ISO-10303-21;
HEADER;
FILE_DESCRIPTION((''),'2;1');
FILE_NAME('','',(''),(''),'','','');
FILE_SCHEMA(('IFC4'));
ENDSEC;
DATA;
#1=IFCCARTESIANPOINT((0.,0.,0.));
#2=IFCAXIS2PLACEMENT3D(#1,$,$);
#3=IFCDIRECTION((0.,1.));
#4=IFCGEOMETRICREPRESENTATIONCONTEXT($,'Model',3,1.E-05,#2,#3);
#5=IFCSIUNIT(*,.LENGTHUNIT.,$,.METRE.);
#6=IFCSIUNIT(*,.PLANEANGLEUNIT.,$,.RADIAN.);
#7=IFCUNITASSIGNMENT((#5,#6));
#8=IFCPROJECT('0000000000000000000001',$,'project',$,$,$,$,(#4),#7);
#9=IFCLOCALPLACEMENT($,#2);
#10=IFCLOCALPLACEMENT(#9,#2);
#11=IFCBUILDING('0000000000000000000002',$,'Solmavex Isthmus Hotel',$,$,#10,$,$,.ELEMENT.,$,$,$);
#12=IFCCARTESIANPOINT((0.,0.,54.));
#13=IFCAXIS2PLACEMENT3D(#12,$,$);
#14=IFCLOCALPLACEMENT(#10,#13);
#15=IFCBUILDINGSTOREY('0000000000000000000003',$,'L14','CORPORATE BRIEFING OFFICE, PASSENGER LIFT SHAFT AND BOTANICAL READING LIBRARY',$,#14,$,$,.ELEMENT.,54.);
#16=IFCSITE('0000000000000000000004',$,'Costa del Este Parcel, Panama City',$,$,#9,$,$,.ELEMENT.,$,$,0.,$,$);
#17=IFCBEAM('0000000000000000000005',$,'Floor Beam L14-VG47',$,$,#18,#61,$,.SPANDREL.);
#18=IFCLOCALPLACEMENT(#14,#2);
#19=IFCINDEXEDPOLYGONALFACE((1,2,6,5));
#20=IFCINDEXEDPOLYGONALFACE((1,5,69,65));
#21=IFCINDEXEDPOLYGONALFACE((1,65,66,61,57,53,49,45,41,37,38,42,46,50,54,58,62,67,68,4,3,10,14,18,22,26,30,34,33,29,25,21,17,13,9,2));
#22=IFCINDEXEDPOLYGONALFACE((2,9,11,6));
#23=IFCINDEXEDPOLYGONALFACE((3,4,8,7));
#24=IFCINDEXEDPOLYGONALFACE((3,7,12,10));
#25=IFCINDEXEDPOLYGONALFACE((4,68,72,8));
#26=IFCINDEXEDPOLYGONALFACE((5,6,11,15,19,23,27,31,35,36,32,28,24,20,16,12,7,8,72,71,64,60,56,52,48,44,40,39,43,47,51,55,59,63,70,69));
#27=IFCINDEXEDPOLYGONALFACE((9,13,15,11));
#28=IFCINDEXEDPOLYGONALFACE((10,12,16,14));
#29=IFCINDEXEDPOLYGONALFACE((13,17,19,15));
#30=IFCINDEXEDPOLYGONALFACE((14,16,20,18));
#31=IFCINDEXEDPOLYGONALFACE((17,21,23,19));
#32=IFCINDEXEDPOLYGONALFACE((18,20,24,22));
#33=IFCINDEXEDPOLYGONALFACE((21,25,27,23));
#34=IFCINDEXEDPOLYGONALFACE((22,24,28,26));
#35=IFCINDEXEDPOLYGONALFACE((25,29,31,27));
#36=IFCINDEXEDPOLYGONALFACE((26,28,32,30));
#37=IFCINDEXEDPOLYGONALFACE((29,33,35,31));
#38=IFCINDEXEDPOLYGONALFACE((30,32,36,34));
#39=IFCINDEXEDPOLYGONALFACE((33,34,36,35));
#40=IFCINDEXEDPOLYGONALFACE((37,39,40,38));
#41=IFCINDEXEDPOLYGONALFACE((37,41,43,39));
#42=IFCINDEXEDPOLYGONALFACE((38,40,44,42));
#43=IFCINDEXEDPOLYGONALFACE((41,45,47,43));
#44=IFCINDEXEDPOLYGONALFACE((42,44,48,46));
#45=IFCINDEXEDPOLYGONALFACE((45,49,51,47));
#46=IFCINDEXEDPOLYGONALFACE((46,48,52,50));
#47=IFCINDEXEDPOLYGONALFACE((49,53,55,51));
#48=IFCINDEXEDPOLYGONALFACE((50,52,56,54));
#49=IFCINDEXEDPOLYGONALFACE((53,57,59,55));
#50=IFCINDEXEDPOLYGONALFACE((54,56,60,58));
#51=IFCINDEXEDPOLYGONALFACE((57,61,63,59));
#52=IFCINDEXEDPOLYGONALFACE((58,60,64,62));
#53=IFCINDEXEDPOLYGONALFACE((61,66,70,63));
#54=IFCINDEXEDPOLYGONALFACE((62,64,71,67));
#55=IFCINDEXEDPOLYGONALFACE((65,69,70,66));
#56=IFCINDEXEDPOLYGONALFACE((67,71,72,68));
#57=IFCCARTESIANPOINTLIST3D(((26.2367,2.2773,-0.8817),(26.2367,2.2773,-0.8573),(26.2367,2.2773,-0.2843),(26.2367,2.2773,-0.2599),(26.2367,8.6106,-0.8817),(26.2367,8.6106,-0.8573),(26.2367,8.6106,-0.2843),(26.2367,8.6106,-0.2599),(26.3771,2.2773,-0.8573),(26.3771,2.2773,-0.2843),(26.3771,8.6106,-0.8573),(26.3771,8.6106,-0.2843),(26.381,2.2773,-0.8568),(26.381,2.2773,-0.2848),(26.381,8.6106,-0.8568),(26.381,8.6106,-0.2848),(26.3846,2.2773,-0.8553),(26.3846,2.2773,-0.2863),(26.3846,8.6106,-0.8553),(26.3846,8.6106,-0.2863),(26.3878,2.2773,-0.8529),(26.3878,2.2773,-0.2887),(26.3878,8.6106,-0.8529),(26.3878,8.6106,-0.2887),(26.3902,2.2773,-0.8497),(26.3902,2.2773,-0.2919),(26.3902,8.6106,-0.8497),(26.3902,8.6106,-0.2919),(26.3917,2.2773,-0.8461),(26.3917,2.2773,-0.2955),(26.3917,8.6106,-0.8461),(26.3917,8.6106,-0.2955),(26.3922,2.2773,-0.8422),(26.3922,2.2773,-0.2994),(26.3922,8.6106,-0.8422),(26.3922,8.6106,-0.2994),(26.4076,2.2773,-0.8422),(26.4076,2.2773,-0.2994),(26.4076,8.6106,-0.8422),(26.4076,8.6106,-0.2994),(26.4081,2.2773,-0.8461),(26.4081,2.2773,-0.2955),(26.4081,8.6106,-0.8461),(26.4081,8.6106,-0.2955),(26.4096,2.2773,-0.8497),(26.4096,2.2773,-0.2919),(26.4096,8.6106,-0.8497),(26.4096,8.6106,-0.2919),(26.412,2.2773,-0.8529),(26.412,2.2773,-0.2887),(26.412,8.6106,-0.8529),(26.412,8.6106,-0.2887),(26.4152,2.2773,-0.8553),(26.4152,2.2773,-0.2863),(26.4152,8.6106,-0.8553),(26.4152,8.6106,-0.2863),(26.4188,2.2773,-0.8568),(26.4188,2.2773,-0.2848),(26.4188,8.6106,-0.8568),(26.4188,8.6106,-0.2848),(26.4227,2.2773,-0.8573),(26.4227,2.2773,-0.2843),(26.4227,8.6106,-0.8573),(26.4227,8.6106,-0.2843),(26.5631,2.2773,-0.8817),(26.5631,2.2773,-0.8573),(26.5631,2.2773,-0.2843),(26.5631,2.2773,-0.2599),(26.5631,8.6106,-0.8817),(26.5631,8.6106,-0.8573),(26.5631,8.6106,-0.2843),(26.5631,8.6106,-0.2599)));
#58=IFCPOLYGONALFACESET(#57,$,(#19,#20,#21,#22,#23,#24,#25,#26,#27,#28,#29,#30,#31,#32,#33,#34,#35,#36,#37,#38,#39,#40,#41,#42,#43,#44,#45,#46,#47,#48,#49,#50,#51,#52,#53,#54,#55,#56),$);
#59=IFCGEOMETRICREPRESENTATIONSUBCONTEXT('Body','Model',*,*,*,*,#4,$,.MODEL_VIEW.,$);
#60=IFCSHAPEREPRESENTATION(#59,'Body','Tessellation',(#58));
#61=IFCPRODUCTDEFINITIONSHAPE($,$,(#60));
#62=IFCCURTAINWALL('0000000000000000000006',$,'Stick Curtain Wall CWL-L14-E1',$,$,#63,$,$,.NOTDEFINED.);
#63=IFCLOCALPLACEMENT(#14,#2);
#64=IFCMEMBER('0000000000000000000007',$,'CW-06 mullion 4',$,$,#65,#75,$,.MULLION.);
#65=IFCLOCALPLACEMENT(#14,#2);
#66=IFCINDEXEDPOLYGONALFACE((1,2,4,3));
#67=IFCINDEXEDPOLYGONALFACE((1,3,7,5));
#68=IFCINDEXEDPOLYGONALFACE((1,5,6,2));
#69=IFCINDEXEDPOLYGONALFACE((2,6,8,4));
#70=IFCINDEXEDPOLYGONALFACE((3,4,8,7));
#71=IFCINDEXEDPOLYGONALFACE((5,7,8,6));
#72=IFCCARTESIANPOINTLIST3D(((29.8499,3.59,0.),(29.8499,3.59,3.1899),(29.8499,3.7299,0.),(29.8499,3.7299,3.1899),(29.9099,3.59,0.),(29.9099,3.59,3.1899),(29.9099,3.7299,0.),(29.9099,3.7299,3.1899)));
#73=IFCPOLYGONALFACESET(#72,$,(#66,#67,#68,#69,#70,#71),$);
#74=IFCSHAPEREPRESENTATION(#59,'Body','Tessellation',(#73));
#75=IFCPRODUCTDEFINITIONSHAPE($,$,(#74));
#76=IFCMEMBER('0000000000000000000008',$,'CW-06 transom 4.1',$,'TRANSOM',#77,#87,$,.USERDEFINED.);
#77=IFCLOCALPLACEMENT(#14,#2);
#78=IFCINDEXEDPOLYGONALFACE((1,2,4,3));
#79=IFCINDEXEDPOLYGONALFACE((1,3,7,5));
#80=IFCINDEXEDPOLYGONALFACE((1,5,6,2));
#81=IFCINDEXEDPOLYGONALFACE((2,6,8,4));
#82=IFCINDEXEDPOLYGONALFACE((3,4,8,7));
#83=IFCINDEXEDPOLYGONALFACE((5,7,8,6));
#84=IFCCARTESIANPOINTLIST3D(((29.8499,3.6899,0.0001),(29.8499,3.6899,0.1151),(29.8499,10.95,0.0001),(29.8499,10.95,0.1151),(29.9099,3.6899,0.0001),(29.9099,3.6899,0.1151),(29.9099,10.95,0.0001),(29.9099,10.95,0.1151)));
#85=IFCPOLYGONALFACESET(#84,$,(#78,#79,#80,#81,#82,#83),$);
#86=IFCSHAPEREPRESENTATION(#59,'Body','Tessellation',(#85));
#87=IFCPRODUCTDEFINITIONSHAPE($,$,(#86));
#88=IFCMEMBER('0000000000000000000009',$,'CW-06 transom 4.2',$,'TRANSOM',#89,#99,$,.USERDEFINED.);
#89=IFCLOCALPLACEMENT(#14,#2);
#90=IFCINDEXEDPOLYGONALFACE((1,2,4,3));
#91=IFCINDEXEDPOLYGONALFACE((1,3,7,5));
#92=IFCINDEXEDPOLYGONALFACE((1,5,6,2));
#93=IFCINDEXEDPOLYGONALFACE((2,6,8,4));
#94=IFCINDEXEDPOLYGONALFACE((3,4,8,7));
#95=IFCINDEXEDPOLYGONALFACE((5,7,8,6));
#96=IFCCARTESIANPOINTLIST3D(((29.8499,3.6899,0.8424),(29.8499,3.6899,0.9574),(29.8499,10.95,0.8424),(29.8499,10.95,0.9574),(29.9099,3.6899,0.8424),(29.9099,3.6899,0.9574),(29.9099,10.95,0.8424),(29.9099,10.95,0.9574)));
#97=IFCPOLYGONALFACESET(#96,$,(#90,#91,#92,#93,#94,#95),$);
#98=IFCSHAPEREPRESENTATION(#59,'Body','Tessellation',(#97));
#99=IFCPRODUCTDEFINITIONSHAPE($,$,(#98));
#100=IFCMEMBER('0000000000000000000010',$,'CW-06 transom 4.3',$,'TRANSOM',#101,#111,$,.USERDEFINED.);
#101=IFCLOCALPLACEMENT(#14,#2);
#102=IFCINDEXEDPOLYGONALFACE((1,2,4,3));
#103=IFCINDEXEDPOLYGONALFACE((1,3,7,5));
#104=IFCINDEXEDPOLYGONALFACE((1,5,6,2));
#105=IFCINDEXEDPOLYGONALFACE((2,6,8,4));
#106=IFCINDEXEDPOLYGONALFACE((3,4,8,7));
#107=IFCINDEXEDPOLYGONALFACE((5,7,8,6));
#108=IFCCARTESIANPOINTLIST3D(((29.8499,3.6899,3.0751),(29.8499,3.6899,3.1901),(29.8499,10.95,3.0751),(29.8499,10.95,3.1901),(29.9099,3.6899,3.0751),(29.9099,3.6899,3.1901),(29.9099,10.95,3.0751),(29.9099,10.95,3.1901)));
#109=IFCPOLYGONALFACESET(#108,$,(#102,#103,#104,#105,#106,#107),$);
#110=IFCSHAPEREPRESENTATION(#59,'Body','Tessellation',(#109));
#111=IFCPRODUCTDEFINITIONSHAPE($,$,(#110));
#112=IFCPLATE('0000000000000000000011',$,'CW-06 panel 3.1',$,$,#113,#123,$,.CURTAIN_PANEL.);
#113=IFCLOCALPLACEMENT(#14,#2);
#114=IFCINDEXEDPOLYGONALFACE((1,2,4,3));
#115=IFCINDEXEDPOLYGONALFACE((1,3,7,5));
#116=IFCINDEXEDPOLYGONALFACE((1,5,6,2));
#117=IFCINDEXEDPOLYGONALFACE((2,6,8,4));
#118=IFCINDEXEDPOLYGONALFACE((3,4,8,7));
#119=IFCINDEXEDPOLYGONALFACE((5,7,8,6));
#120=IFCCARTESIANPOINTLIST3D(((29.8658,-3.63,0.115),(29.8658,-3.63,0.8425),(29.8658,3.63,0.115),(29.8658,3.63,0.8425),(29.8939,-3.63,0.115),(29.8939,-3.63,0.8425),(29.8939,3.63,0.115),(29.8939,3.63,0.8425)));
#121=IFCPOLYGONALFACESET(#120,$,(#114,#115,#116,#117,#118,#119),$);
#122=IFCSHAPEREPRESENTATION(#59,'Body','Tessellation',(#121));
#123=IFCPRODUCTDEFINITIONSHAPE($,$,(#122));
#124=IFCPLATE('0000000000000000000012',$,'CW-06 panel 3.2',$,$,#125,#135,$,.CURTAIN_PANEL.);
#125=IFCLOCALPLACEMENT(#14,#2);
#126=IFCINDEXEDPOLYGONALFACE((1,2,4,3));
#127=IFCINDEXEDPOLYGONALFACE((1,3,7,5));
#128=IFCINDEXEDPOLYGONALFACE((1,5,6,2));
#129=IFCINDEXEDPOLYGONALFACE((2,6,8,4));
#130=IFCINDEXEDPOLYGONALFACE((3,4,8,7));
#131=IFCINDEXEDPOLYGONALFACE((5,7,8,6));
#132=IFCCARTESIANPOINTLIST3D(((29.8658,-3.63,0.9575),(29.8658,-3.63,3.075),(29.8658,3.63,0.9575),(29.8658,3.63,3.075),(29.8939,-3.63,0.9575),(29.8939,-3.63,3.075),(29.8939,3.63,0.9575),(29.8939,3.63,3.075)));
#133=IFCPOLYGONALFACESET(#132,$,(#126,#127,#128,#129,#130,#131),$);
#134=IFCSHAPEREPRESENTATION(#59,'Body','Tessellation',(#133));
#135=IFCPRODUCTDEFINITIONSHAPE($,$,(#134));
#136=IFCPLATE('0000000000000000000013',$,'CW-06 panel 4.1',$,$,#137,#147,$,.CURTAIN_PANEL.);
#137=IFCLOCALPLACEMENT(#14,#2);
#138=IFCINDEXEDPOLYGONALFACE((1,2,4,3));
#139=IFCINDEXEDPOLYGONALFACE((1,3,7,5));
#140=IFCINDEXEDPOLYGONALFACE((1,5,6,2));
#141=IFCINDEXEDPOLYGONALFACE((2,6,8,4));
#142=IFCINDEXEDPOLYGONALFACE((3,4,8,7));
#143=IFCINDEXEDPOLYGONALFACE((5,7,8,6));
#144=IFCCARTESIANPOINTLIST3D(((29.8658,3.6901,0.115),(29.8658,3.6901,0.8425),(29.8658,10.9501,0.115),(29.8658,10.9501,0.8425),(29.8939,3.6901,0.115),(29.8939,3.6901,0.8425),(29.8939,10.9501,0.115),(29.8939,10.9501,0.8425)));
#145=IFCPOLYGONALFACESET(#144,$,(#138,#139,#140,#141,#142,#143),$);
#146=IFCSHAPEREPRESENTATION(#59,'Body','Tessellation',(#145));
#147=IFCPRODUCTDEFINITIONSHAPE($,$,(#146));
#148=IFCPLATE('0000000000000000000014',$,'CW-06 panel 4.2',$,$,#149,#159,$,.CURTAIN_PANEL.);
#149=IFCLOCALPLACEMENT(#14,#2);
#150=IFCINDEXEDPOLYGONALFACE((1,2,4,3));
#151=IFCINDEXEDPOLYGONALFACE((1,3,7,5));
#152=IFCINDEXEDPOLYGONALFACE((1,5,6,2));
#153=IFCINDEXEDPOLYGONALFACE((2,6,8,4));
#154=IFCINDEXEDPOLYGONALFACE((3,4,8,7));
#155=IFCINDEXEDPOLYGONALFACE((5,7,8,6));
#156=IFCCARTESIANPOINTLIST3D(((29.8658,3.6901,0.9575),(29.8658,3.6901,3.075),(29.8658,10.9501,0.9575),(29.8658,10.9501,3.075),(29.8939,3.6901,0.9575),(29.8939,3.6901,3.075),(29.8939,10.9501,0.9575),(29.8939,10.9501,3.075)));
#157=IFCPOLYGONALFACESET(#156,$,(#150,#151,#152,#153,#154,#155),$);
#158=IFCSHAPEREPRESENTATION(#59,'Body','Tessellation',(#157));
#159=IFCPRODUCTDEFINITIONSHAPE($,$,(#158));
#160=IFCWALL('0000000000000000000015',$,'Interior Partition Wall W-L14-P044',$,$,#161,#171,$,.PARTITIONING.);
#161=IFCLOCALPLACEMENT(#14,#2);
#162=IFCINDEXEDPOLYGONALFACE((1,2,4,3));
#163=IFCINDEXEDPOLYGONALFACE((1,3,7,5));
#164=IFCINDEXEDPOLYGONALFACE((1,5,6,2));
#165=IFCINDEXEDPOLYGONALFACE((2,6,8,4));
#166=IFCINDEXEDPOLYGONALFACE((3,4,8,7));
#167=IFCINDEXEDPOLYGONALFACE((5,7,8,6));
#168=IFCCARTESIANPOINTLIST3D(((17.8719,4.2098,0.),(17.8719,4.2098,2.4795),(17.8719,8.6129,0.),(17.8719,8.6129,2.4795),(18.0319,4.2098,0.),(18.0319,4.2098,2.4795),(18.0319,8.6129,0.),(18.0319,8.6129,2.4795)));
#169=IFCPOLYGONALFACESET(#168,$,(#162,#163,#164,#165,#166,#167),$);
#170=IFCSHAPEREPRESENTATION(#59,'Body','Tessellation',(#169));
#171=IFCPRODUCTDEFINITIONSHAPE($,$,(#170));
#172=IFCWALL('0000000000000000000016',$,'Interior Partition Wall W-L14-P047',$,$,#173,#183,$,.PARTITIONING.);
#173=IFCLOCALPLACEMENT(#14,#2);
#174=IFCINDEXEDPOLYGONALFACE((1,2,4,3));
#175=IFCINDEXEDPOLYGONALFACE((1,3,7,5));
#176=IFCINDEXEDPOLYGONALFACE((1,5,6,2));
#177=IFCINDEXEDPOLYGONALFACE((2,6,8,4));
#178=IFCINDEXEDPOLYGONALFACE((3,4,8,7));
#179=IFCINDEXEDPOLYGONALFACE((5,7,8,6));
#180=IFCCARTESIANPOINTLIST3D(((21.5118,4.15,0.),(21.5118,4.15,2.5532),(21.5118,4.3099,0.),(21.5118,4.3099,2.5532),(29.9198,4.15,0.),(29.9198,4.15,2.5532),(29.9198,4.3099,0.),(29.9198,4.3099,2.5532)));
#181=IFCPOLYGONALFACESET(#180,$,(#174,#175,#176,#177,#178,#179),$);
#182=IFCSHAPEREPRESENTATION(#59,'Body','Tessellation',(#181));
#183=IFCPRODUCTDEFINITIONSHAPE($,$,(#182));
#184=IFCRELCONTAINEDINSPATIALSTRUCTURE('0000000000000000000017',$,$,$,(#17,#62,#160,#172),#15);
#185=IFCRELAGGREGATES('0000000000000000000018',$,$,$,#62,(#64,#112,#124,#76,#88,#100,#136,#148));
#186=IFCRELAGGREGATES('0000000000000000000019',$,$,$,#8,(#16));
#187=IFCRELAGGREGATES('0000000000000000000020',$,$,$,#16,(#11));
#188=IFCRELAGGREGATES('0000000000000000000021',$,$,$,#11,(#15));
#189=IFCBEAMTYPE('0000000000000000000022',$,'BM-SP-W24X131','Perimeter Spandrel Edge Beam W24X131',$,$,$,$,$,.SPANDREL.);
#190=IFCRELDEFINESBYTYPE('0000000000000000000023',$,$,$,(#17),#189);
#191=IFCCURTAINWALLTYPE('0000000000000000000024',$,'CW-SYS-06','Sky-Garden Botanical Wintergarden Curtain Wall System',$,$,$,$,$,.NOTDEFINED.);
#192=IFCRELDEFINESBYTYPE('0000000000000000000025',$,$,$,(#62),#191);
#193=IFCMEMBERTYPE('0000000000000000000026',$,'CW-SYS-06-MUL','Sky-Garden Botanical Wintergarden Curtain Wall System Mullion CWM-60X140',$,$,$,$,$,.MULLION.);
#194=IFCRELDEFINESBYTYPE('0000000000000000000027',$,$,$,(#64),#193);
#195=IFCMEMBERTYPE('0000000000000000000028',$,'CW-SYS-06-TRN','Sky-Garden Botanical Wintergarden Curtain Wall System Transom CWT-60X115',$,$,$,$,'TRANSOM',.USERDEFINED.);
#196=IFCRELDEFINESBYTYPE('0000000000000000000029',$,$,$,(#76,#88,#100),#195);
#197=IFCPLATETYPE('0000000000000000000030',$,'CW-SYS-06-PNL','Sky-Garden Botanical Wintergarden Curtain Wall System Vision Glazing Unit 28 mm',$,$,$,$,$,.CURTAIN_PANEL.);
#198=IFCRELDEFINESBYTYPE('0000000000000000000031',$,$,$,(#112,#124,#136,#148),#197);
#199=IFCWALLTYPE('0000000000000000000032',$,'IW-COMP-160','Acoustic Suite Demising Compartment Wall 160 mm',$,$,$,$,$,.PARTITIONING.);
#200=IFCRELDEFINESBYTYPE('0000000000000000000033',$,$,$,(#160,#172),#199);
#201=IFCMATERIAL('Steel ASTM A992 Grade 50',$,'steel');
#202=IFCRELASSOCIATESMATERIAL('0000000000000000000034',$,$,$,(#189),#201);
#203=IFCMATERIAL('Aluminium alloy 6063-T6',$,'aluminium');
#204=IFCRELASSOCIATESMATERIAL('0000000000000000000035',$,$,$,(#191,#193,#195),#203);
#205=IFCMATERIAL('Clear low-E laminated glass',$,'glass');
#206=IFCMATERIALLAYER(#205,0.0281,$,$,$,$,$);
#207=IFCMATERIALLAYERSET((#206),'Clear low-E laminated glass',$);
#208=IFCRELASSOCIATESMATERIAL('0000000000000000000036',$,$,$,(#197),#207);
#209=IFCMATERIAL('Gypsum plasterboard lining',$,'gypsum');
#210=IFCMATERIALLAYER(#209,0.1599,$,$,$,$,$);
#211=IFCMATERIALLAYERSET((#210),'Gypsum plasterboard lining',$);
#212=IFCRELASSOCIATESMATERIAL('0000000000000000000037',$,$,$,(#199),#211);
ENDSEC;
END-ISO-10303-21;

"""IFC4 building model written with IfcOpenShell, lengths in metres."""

from ifc_helpers import new_model, si_unit, direction, frame, frame_2d, origin, origin_2d, place, context, subcontext, project, spatial, rectangle, i_section, extrude, material, layer, layer_set, material_profile, profile_set, type_object, element, aggregate, save


model = new_model("IFC4")

# Units and contexts
model_context = context("Model", 3, precision=1e-05, world=origin(), true_north=direction((0.0, 1.0)))
body_context = subcontext(model_context, "Body", "Model", "MODEL_VIEW")
ifc_project = project(units=[si_unit("LENGTHUNIT", "METRE"), si_unit("PLANEANGLEUNIT", "RADIAN")], contexts=[model_context])

# Site, building, storey
site_placement = place(None, origin())
site = spatial("IfcSite", under=ifc_project, at=site_placement, Name="Costa del Este Parcel, Panama City", CompositionType="ELEMENT", RefElevation=0.0)
building_placement = place(site_placement, origin())
building = spatial("IfcBuilding", under=site, at=building_placement, Name="Solmavex Isthmus Hotel", CompositionType="ELEMENT")
storey_placement = place(building_placement, frame((0.0, 0.0, 54.0)))
storey = spatial("IfcBuildingStorey", under=building, at=storey_placement, Name="L14", Description="CORPORATE BRIEFING OFFICE, PASSENGER LIFT SHAFT AND BOTANICAL READING LIBRARY", CompositionType="ELEMENT", Elevation=54.0)

# Beam
ifc_material_1 = material(Name="Steel ASTM A992 Grade 50", Category="steel")
ifc_material_profile_1 = material_profile(ifc_material_1, i_section(OverallWidth=0.3264, OverallDepth=0.6218, WebThickness=0.0154, FlangeThickness=0.0244, FilletRadius=0.0151, at=origin_2d()), Name="W24X131")
ifc_profile_set_1 = profile_set([ifc_material_profile_1], Name="Steel ASTM A992 Grade 50")
beam_type_1 = type_object("IfcBeamType", Name="BM-SP-W24X131", Description="Perimeter Spandrel Edge Beam W24X131", PredefinedType="SPANDREL", material=ifc_profile_set_1)
beam_1_placement = place(storey_placement, frame((26.3999, 2.2773, -0.5708), z_axis=(0.0, 1.0, 0.0), x_axis=(-1.0, 0.0, 0.0)))
element("IfcBeam", 1, at=beam_1_placement, inside=storey, type_object=beam_type_1, Name="Floor Beam L14-VG47", PredefinedType="SPANDREL", context=body_context, shape_type="SweptSolid", body=[
    extrude(i_section(OverallWidth=0.3264, OverallDepth=0.6218, WebThickness=0.0154, FlangeThickness=0.0244, FilletRadius=0.0151, at=origin_2d()), origin(), (0.0, 0.0, 1.0), 6.3333),
])

# Curtain wall, members, plates
ifc_material_2 = material(Name="Aluminium alloy 6063-T6", Category="aluminium")
curtain_wall_type = type_object("IfcCurtainWallType", Name="CW-SYS-06", Description="Sky-Garden Botanical Wintergarden Curtain Wall System", PredefinedType="NOTDEFINED", material=ifc_material_2)
curtain_wall_placement = place(storey_placement, origin())
curtain_wall = element("IfcCurtainWall", 2, at=curtain_wall_placement, inside=storey, type_object=curtain_wall_type, Name="Stick Curtain Wall CWL-L14-E1", PredefinedType="NOTDEFINED")
ifc_material_profile_2 = material_profile(ifc_material_2, rectangle(XDim=0.0601, YDim=0.1399, at=origin_2d()), Name="CWM-60X140")
ifc_profile_set_2 = profile_set([ifc_material_profile_2], Name="Aluminium alloy 6063-T6")
member_type_1 = type_object("IfcMemberType", Name="CW-SYS-06-MUL", Description="Sky-Garden Botanical Wintergarden Curtain Wall System Mullion CWM-60X140", PredefinedType="MULLION", material=ifc_profile_set_2)
member_1_placement = place(storey_placement, frame((29.8799, 3.6599, 0.0), z_axis=(0.0, 0.0, 1.0), x_axis=(-1.0, 0.0, 0.0)))
member_1 = element("IfcMember", 3, at=member_1_placement, type_object=member_type_1, Name="CW-06 mullion 4", PredefinedType="MULLION", context=body_context, shape_type="SweptSolid", body=[
    extrude(rectangle(XDim=0.0601, YDim=0.1399, at=origin_2d()), origin(), (0.0, 0.0, 1.0), 3.1899),
])
ifc_material_profile_3 = material_profile(ifc_material_2, rectangle(XDim=0.0601, YDim=0.115, at=origin_2d()), Name="CWT-60X115")
ifc_profile_set_3 = profile_set([ifc_material_profile_3], Name="Aluminium alloy 6063-T6")
member_type_2 = type_object("IfcMemberType", Name="CW-SYS-06-TRN", Description="Sky-Garden Botanical Wintergarden Curtain Wall System Transom CWT-60X115", ElementType="TRANSOM", PredefinedType="USERDEFINED", material=ifc_profile_set_3)
member_2_placement = place(storey_placement, frame((29.8799, 3.6899, 0.0576), z_axis=(0.0, 1.0, 0.0), x_axis=(-1.0, 0.0, 0.0)))
member_2 = element("IfcMember", 4, at=member_2_placement, type_object=member_type_2, Name="CW-06 transom 4.1", ObjectType="TRANSOM", PredefinedType="USERDEFINED", context=body_context, shape_type="SweptSolid", body=[
    extrude(rectangle(XDim=0.0601, YDim=0.115, at=origin_2d()), origin(), (0.0, 0.0, 1.0), 7.26),
])
member_3_placement = place(storey_placement, frame((29.8799, 3.6899, 0.8999), z_axis=(0.0, 1.0, 0.0), x_axis=(-1.0, 0.0, 0.0)))
member_3 = element("IfcMember", 5, at=member_3_placement, type_object=member_type_2, Name="CW-06 transom 4.2", ObjectType="TRANSOM", PredefinedType="USERDEFINED", context=body_context, shape_type="SweptSolid", body=[
    extrude(rectangle(XDim=0.0601, YDim=0.115, at=origin_2d()), origin(), (0.0, 0.0, 1.0), 7.26),
])
member_4_placement = place(storey_placement, frame((29.8799, 3.6899, 3.1326), z_axis=(0.0, 1.0, 0.0), x_axis=(-1.0, 0.0, 0.0)))
member_4 = element("IfcMember", 6, at=member_4_placement, type_object=member_type_2, Name="CW-06 transom 4.3", ObjectType="TRANSOM", PredefinedType="USERDEFINED", context=body_context, shape_type="SweptSolid", body=[
    extrude(rectangle(XDim=0.0601, YDim=0.115, at=origin_2d()), origin(), (0.0, 0.0, 1.0), 7.26),
])
ifc_material_3 = material(Name="Clear low-E laminated glass", Category="glass")
ifc_layer_1 = layer(ifc_material_3, 0.0281)
ifc_layer_set_1 = layer_set([ifc_layer_1], Name="Clear low-E laminated glass")
plate_type = type_object("IfcPlateType", Name="CW-SYS-06-PNL", Description="Sky-Garden Botanical Wintergarden Curtain Wall System Vision Glazing Unit 28 mm", PredefinedType="CURTAIN_PANEL", material=ifc_layer_set_1)
plate_1_placement = place(storey_placement, frame((29.8799, 0.0, 0.115), z_axis=(0.0, 0.0, 1.0), x_axis=(0.0, 1.0, 0.0)))
plate_1 = element("IfcPlate", 7, at=plate_1_placement, type_object=plate_type, Name="CW-06 panel 3.1", PredefinedType="CURTAIN_PANEL", context=body_context, shape_type="SweptSolid", body=[
    extrude(rectangle(XDim=7.26, YDim=0.0281, at=origin_2d()), origin(), (0.0, 0.0, 1.0), 0.7275),
])
plate_2_placement = place(storey_placement, frame((29.8799, 0.0, 0.9575), z_axis=(0.0, 0.0, 1.0), x_axis=(0.0, 1.0, 0.0)))
plate_2 = element("IfcPlate", 8, at=plate_2_placement, type_object=plate_type, Name="CW-06 panel 3.2", PredefinedType="CURTAIN_PANEL", context=body_context, shape_type="SweptSolid", body=[
    extrude(rectangle(XDim=7.26, YDim=0.0281, at=origin_2d()), origin(), (0.0, 0.0, 1.0), 2.1174),
])
plate_3_placement = place(storey_placement, frame((29.8799, 7.3201, 0.115), z_axis=(0.0, 0.0, 1.0), x_axis=(0.0, 1.0, 0.0)))
plate_3 = element("IfcPlate", 9, at=plate_3_placement, type_object=plate_type, Name="CW-06 panel 4.1", PredefinedType="CURTAIN_PANEL", context=body_context, shape_type="SweptSolid", body=[
    extrude(rectangle(XDim=7.26, YDim=0.0281, at=origin_2d()), origin(), (0.0, 0.0, 1.0), 0.7275),
])
plate_4_placement = place(storey_placement, frame((29.8799, 7.3201, 0.9575), z_axis=(0.0, 0.0, 1.0), x_axis=(0.0, 1.0, 0.0)))
plate_4 = element("IfcPlate", 10, at=plate_4_placement, type_object=plate_type, Name="CW-06 panel 4.2", PredefinedType="CURTAIN_PANEL", context=body_context, shape_type="SweptSolid", body=[
    extrude(rectangle(XDim=7.26, YDim=0.0281, at=origin_2d()), origin(), (0.0, 0.0, 1.0), 2.1174),
])
aggregate(curtain_wall, [member_1, plate_1, plate_2, member_2, member_3, member_4, plate_3, plate_4])

# Walls
ifc_material_4 = material(Name="Gypsum plasterboard lining", Category="gypsum")
ifc_layer_2 = layer(ifc_material_4, 0.1599)
ifc_layer_set_2 = layer_set([ifc_layer_2], Name="Gypsum plasterboard lining")
wall_type_1 = type_object("IfcWallType", Name="IW-COMP-160", Description="Acoustic Suite Demising Compartment Wall 160 mm", PredefinedType="PARTITIONING", material=ifc_layer_set_2)
wall_1_placement = place(storey_placement, frame((17.9519, 8.613, 0.0), z_axis=(0.0, 0.0, 1.0), x_axis=(0.0, -1.0, 0.0)))
element("IfcWall", 11, at=wall_1_placement, inside=storey, type_object=wall_type_1, Name="Interior Partition Wall W-L14-P044", PredefinedType="PARTITIONING", context=body_context, shape_type="SweptSolid", body=[
    extrude(rectangle(XDim=4.4031, YDim=0.1599, at=frame_2d((2.2017, 0.0))), origin(), (0.0, 0.0, 1.0), 2.4795),
])
wall_2_placement = place(storey_placement, frame((29.9199, 4.23, 0.0), z_axis=(0.0, 0.0, 1.0), x_axis=(-1.0, 0.0, 0.0)))
element("IfcWall", 12, at=wall_2_placement, inside=storey, type_object=wall_type_1, Name="Interior Partition Wall W-L14-P047", PredefinedType="PARTITIONING", context=body_context, shape_type="SweptSolid", body=[
    extrude(rectangle(XDim=8.408, YDim=0.1599, at=frame_2d((4.2041, 0.0))), origin(), (0.0, 0.0, 1.0), 2.5532),
])

save(model, "model.ifc")
